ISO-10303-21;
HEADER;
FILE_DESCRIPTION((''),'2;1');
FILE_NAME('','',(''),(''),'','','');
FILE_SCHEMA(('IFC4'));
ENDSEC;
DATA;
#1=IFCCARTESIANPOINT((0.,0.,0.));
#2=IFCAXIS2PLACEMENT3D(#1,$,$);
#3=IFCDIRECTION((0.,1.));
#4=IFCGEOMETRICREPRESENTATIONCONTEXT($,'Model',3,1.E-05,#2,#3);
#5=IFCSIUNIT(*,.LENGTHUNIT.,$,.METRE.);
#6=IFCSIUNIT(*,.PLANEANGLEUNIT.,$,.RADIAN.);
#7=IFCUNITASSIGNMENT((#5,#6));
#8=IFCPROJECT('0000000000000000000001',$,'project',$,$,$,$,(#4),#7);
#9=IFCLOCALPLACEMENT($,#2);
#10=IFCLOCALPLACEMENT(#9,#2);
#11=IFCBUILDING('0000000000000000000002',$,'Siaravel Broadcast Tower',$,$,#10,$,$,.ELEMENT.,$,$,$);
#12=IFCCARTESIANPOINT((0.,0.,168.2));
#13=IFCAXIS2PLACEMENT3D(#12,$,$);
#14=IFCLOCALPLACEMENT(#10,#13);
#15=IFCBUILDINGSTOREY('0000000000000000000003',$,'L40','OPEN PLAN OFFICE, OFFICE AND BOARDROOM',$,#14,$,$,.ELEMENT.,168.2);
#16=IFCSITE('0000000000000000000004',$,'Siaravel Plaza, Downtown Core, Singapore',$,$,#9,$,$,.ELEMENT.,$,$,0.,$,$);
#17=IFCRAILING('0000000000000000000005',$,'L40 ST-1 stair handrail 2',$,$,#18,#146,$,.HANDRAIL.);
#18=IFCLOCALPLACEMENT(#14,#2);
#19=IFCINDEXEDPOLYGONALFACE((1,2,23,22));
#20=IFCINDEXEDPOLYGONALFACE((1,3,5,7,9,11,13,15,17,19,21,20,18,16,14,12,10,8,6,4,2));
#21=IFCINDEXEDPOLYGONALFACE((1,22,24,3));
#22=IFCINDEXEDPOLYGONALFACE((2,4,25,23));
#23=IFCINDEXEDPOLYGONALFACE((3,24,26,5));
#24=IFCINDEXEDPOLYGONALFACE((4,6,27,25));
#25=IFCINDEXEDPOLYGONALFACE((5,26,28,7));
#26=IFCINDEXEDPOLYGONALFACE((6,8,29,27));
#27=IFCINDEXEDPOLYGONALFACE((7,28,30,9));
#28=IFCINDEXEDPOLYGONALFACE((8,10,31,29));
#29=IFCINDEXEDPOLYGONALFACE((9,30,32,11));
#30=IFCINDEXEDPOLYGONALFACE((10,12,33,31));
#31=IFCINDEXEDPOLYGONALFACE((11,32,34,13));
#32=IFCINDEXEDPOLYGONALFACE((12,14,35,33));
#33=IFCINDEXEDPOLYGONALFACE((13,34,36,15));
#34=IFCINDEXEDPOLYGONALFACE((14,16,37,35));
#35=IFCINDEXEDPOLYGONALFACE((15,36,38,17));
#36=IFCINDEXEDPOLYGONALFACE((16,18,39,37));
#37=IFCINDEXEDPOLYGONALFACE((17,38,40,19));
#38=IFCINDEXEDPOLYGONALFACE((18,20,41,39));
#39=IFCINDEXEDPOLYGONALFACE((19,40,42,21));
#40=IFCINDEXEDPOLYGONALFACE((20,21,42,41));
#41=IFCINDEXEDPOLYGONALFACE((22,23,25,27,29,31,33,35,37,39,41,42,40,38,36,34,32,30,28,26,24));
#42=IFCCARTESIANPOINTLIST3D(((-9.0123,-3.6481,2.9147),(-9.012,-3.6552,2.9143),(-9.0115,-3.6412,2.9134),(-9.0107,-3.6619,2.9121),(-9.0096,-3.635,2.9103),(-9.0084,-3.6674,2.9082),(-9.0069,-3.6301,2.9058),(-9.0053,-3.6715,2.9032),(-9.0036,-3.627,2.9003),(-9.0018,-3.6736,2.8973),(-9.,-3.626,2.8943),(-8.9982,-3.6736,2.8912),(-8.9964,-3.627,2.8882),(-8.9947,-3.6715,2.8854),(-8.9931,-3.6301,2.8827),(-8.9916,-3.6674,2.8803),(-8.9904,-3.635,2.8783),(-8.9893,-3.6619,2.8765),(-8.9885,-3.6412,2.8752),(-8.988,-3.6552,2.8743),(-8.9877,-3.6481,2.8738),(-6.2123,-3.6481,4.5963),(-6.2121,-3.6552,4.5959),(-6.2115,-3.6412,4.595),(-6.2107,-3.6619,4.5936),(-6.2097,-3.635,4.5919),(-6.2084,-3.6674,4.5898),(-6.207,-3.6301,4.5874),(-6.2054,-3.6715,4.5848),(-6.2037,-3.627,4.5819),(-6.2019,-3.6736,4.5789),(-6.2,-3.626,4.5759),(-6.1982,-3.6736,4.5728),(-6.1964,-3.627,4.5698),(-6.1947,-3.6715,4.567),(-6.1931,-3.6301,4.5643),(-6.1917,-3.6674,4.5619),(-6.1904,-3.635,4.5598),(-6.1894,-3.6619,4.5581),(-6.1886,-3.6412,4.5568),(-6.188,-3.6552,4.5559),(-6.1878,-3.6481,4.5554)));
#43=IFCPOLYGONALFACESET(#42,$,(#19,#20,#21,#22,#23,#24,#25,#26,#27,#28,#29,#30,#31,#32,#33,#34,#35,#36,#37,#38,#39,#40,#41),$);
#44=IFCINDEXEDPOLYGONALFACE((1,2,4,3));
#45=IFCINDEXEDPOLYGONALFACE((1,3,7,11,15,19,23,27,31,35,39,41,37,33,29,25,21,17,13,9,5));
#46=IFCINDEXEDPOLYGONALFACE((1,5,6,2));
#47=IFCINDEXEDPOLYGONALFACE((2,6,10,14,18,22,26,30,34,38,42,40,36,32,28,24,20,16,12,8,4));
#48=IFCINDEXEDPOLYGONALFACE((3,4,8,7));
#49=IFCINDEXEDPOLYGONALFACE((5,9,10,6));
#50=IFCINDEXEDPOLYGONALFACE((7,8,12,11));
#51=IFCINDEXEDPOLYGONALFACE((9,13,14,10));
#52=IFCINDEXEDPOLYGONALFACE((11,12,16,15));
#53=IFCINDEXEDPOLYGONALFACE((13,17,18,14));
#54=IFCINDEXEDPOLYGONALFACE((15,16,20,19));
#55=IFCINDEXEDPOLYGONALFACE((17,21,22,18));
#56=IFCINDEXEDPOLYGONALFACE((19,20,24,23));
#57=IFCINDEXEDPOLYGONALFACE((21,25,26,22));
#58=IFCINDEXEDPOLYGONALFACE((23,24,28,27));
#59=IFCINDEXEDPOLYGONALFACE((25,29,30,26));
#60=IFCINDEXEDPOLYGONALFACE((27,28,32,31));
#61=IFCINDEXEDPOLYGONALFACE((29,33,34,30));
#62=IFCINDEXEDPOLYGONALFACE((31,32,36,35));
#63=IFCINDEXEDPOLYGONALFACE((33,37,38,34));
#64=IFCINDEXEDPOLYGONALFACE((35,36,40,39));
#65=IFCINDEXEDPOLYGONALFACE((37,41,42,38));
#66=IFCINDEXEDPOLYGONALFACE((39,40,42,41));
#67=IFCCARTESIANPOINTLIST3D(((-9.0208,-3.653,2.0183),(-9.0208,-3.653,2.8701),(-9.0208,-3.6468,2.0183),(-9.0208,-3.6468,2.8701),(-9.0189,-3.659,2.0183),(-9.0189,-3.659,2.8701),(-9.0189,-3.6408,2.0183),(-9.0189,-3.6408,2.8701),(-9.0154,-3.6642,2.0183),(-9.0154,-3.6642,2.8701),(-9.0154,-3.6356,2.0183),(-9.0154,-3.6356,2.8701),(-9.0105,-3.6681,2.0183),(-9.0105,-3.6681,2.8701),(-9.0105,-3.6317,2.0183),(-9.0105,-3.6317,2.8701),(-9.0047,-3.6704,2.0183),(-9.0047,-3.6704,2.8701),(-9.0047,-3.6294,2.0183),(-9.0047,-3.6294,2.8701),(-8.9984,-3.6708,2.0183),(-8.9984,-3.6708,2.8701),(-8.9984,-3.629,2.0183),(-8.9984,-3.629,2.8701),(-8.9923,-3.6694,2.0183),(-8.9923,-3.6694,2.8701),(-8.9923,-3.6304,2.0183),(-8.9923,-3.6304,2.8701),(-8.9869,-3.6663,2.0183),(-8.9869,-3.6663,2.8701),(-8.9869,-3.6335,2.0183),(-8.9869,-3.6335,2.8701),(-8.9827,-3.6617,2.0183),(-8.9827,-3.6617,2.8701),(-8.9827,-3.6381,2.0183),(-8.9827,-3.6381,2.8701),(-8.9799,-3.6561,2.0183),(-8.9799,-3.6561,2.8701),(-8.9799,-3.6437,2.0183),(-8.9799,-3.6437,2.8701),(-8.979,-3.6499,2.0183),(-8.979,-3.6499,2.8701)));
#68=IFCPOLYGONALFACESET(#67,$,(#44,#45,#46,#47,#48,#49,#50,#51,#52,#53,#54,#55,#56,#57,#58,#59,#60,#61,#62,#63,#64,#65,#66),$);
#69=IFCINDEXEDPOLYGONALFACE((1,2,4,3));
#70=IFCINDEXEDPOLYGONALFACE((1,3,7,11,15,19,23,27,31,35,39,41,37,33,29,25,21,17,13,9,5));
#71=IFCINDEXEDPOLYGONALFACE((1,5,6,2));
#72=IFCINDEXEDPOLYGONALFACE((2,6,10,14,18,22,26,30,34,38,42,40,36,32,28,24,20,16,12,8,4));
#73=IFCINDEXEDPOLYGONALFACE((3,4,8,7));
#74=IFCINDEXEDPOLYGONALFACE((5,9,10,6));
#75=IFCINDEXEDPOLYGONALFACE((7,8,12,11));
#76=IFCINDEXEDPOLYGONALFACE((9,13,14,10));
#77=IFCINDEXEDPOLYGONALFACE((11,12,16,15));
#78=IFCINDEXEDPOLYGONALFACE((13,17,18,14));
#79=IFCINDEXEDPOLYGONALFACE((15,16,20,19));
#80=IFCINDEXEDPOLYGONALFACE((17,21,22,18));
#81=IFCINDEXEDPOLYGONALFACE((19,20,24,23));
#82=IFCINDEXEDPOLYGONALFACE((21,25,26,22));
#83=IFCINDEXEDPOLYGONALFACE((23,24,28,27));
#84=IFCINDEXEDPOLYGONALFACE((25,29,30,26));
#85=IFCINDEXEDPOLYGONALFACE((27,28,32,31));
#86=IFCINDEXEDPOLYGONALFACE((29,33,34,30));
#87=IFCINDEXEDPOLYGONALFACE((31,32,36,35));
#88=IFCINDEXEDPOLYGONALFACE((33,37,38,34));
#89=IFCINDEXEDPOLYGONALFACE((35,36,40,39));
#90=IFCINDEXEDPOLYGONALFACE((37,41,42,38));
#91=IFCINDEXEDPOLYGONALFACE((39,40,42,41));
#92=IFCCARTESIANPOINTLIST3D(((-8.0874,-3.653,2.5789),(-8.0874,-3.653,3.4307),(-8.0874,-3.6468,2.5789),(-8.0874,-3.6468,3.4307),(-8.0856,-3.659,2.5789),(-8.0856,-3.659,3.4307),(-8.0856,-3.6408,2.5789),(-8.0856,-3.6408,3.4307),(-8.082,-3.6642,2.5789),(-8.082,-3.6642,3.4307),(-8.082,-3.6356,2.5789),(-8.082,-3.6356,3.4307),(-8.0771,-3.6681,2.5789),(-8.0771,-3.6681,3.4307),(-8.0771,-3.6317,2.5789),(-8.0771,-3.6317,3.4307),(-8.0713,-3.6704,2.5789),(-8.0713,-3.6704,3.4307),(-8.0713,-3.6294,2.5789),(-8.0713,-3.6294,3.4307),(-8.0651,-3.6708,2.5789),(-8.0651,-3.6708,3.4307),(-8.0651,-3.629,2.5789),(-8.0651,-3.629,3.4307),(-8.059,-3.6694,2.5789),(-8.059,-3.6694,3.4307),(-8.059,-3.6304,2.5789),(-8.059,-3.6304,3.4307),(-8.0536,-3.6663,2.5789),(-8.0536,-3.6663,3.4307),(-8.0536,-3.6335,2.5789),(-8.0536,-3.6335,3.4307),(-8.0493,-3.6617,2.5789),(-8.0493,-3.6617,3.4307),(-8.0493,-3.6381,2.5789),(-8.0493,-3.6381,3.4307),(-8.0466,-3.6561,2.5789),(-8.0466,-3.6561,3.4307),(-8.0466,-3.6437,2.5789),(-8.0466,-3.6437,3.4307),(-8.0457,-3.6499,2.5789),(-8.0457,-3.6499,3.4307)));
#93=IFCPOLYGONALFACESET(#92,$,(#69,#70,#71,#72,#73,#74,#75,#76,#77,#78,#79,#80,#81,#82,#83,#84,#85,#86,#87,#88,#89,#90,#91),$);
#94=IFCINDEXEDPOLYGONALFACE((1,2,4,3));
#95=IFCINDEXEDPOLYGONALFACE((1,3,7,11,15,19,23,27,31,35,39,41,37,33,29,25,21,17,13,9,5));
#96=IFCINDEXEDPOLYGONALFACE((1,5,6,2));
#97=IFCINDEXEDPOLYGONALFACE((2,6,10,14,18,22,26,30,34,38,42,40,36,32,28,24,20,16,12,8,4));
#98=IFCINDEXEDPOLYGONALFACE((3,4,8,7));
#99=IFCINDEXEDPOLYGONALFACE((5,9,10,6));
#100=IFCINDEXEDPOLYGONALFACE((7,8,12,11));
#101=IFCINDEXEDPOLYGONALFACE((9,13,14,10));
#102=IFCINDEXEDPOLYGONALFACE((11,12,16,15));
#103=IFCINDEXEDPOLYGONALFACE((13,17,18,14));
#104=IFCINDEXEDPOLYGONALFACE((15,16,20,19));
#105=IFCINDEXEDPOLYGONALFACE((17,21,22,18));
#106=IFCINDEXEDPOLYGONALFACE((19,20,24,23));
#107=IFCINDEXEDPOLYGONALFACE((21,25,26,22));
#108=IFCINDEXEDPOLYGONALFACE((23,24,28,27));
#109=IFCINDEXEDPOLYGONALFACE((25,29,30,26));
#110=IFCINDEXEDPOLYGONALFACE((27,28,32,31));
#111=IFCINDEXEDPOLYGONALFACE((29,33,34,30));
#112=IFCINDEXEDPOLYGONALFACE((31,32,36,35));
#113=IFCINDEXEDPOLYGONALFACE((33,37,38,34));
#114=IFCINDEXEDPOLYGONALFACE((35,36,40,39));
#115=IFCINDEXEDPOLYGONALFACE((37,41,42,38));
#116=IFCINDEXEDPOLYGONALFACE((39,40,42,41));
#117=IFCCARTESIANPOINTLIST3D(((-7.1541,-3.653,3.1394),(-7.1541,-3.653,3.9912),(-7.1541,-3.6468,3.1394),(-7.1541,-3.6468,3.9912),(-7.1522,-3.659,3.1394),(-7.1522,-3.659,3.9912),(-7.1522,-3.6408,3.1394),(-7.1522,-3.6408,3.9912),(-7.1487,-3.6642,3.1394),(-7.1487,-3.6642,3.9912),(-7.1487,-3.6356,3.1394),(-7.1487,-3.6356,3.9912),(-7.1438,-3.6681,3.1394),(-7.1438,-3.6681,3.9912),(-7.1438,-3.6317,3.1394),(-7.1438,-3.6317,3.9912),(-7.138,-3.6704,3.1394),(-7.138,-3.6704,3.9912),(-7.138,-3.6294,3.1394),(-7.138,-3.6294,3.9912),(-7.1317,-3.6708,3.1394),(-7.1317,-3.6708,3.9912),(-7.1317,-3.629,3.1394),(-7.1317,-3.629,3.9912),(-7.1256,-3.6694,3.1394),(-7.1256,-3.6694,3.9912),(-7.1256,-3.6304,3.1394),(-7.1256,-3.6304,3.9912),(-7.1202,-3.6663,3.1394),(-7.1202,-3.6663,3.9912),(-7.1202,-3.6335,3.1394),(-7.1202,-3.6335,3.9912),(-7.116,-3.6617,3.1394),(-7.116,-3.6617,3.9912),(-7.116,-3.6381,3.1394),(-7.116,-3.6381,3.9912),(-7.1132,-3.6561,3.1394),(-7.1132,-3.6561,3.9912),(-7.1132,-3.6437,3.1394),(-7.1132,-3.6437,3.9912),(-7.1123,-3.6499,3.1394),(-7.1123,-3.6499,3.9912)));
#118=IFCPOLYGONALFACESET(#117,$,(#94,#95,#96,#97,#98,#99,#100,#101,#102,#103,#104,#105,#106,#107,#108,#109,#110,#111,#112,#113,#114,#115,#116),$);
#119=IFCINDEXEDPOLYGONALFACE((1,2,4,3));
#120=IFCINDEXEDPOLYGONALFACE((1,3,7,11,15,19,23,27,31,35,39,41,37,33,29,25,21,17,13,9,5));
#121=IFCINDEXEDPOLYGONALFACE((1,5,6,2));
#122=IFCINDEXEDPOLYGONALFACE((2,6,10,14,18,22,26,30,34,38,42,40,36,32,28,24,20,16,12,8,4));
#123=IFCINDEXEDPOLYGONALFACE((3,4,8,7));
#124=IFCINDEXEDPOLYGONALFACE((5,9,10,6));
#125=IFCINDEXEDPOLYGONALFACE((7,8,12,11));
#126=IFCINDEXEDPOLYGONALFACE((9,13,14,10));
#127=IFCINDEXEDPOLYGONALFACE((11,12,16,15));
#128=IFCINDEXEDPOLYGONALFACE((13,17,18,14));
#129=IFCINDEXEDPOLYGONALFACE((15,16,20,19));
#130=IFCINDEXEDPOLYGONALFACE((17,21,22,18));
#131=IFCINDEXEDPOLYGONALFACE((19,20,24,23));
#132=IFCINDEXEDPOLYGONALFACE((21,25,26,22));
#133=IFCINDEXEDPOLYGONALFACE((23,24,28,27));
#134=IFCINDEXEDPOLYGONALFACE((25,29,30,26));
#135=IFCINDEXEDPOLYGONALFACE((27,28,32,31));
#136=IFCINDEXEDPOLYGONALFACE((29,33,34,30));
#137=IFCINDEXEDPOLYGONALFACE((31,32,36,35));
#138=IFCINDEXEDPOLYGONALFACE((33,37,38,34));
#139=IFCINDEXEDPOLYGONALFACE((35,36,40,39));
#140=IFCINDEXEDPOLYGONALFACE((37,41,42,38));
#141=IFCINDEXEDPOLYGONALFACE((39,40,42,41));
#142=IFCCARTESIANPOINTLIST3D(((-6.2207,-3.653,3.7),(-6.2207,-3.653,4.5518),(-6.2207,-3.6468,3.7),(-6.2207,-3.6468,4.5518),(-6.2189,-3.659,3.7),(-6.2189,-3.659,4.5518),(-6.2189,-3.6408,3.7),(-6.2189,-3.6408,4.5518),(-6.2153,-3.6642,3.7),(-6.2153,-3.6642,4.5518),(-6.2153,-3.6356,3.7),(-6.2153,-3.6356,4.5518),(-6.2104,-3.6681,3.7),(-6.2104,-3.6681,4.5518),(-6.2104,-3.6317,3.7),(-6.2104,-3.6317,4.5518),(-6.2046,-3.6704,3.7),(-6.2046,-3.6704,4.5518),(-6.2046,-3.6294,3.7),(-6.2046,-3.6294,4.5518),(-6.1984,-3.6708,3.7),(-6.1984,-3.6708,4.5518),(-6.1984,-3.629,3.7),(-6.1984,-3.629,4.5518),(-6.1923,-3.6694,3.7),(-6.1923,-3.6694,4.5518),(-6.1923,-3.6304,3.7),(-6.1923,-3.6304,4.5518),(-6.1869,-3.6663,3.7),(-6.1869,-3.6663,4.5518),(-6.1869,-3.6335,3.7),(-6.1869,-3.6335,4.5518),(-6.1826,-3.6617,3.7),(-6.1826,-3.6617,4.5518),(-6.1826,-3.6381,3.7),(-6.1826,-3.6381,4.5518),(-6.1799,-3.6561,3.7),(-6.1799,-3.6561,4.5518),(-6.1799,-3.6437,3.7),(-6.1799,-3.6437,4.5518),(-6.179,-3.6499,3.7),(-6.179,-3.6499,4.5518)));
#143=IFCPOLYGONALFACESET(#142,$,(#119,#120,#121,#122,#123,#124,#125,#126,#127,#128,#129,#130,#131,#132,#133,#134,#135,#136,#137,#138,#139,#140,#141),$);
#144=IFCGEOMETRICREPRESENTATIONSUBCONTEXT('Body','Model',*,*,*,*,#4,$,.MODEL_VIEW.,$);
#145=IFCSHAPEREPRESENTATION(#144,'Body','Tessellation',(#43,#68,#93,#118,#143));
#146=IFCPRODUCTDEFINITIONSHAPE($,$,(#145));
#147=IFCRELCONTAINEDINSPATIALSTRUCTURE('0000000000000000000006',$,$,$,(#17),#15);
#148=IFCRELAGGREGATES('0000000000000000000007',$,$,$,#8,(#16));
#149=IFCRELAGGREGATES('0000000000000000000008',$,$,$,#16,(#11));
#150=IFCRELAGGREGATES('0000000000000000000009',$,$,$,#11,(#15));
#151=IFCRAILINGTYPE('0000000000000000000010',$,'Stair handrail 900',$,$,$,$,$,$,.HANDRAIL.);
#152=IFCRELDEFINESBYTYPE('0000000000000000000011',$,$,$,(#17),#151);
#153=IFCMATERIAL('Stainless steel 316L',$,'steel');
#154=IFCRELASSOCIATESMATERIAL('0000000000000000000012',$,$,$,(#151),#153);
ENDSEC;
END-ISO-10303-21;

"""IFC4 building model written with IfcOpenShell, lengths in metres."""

from ifc_helpers import new_model, si_unit, direction, frame, origin, origin_2d, place, context, subcontext, project, spatial, circle, extrude, material, type_object, element, save


model = new_model("IFC4")

# Units and contexts
model_context = context("Model", 3, precision=1e-05, world=origin(), true_north=direction((0.0, 1.0)))
body_context = subcontext(model_context, "Body", "Model", "MODEL_VIEW")
ifc_project = project(units=[si_unit("LENGTHUNIT", "METRE"), si_unit("PLANEANGLEUNIT", "RADIAN")], contexts=[model_context])

# Site, building, storey
site_placement = place(None, origin())
site = spatial("IfcSite", under=ifc_project, at=site_placement, Name="Siaravel Plaza, Downtown Core, Singapore", CompositionType="ELEMENT", RefElevation=0.0)
building_placement = place(site_placement, origin())
building = spatial("IfcBuilding", under=site, at=building_placement, Name="Siaravel Broadcast Tower", CompositionType="ELEMENT")
storey_placement = place(building_placement, frame((0.0, 0.0, 168.2)))
storey = spatial("IfcBuildingStorey", under=building, at=storey_placement, Name="L40", Description="OPEN PLAN OFFICE, OFFICE AND BOARDROOM", CompositionType="ELEMENT", Elevation=168.2)

# Shared definitions
ifc_material_1 = material(Name="Stainless steel 316L", Category="steel")

# Railing
railing_type_1 = type_object("IfcRailingType", Name="Stair handrail 900", PredefinedType="HANDRAIL", material=ifc_material_1)
railing_1_placement = place(storey_placement, frame((-9.0, -3.6499, 2.0183)))
element("IfcRailing", 1, at=railing_1_placement, inside=storey, type_object=railing_type_1, Name="L40 ST-1 stair handrail 2", PredefinedType="HANDRAIL", context=body_context, shape_type="SweptSolid", body=[
    extrude(circle(Radius=0.0239, at=origin_2d()), frame((0.0, 0.0, 0.876), z_axis=(0.857275, 0.0, 0.514858), x_axis=(0.0, 1.0, 0.0)), (0.0, 0.0, 1.0), 3.2661),
    extrude(circle(Radius=0.021, at=origin_2d()), origin(), (0.0, 0.0, 1.0), 0.8518),
    extrude(circle(Radius=0.021, at=origin_2d()), frame((0.9333, 0.0, 0.5605)), (0.0, 0.0, 1.0), 0.8518),
    extrude(circle(Radius=0.021, at=origin_2d()), frame((1.8667, 0.0, 1.1211)), (0.0, 0.0, 1.0), 0.8518),
    extrude(circle(Radius=0.021, at=origin_2d()), frame((2.8, 0.0, 1.6816)), (0.0, 0.0, 1.0), 0.8518),
])

save(model, "model.ifc")
